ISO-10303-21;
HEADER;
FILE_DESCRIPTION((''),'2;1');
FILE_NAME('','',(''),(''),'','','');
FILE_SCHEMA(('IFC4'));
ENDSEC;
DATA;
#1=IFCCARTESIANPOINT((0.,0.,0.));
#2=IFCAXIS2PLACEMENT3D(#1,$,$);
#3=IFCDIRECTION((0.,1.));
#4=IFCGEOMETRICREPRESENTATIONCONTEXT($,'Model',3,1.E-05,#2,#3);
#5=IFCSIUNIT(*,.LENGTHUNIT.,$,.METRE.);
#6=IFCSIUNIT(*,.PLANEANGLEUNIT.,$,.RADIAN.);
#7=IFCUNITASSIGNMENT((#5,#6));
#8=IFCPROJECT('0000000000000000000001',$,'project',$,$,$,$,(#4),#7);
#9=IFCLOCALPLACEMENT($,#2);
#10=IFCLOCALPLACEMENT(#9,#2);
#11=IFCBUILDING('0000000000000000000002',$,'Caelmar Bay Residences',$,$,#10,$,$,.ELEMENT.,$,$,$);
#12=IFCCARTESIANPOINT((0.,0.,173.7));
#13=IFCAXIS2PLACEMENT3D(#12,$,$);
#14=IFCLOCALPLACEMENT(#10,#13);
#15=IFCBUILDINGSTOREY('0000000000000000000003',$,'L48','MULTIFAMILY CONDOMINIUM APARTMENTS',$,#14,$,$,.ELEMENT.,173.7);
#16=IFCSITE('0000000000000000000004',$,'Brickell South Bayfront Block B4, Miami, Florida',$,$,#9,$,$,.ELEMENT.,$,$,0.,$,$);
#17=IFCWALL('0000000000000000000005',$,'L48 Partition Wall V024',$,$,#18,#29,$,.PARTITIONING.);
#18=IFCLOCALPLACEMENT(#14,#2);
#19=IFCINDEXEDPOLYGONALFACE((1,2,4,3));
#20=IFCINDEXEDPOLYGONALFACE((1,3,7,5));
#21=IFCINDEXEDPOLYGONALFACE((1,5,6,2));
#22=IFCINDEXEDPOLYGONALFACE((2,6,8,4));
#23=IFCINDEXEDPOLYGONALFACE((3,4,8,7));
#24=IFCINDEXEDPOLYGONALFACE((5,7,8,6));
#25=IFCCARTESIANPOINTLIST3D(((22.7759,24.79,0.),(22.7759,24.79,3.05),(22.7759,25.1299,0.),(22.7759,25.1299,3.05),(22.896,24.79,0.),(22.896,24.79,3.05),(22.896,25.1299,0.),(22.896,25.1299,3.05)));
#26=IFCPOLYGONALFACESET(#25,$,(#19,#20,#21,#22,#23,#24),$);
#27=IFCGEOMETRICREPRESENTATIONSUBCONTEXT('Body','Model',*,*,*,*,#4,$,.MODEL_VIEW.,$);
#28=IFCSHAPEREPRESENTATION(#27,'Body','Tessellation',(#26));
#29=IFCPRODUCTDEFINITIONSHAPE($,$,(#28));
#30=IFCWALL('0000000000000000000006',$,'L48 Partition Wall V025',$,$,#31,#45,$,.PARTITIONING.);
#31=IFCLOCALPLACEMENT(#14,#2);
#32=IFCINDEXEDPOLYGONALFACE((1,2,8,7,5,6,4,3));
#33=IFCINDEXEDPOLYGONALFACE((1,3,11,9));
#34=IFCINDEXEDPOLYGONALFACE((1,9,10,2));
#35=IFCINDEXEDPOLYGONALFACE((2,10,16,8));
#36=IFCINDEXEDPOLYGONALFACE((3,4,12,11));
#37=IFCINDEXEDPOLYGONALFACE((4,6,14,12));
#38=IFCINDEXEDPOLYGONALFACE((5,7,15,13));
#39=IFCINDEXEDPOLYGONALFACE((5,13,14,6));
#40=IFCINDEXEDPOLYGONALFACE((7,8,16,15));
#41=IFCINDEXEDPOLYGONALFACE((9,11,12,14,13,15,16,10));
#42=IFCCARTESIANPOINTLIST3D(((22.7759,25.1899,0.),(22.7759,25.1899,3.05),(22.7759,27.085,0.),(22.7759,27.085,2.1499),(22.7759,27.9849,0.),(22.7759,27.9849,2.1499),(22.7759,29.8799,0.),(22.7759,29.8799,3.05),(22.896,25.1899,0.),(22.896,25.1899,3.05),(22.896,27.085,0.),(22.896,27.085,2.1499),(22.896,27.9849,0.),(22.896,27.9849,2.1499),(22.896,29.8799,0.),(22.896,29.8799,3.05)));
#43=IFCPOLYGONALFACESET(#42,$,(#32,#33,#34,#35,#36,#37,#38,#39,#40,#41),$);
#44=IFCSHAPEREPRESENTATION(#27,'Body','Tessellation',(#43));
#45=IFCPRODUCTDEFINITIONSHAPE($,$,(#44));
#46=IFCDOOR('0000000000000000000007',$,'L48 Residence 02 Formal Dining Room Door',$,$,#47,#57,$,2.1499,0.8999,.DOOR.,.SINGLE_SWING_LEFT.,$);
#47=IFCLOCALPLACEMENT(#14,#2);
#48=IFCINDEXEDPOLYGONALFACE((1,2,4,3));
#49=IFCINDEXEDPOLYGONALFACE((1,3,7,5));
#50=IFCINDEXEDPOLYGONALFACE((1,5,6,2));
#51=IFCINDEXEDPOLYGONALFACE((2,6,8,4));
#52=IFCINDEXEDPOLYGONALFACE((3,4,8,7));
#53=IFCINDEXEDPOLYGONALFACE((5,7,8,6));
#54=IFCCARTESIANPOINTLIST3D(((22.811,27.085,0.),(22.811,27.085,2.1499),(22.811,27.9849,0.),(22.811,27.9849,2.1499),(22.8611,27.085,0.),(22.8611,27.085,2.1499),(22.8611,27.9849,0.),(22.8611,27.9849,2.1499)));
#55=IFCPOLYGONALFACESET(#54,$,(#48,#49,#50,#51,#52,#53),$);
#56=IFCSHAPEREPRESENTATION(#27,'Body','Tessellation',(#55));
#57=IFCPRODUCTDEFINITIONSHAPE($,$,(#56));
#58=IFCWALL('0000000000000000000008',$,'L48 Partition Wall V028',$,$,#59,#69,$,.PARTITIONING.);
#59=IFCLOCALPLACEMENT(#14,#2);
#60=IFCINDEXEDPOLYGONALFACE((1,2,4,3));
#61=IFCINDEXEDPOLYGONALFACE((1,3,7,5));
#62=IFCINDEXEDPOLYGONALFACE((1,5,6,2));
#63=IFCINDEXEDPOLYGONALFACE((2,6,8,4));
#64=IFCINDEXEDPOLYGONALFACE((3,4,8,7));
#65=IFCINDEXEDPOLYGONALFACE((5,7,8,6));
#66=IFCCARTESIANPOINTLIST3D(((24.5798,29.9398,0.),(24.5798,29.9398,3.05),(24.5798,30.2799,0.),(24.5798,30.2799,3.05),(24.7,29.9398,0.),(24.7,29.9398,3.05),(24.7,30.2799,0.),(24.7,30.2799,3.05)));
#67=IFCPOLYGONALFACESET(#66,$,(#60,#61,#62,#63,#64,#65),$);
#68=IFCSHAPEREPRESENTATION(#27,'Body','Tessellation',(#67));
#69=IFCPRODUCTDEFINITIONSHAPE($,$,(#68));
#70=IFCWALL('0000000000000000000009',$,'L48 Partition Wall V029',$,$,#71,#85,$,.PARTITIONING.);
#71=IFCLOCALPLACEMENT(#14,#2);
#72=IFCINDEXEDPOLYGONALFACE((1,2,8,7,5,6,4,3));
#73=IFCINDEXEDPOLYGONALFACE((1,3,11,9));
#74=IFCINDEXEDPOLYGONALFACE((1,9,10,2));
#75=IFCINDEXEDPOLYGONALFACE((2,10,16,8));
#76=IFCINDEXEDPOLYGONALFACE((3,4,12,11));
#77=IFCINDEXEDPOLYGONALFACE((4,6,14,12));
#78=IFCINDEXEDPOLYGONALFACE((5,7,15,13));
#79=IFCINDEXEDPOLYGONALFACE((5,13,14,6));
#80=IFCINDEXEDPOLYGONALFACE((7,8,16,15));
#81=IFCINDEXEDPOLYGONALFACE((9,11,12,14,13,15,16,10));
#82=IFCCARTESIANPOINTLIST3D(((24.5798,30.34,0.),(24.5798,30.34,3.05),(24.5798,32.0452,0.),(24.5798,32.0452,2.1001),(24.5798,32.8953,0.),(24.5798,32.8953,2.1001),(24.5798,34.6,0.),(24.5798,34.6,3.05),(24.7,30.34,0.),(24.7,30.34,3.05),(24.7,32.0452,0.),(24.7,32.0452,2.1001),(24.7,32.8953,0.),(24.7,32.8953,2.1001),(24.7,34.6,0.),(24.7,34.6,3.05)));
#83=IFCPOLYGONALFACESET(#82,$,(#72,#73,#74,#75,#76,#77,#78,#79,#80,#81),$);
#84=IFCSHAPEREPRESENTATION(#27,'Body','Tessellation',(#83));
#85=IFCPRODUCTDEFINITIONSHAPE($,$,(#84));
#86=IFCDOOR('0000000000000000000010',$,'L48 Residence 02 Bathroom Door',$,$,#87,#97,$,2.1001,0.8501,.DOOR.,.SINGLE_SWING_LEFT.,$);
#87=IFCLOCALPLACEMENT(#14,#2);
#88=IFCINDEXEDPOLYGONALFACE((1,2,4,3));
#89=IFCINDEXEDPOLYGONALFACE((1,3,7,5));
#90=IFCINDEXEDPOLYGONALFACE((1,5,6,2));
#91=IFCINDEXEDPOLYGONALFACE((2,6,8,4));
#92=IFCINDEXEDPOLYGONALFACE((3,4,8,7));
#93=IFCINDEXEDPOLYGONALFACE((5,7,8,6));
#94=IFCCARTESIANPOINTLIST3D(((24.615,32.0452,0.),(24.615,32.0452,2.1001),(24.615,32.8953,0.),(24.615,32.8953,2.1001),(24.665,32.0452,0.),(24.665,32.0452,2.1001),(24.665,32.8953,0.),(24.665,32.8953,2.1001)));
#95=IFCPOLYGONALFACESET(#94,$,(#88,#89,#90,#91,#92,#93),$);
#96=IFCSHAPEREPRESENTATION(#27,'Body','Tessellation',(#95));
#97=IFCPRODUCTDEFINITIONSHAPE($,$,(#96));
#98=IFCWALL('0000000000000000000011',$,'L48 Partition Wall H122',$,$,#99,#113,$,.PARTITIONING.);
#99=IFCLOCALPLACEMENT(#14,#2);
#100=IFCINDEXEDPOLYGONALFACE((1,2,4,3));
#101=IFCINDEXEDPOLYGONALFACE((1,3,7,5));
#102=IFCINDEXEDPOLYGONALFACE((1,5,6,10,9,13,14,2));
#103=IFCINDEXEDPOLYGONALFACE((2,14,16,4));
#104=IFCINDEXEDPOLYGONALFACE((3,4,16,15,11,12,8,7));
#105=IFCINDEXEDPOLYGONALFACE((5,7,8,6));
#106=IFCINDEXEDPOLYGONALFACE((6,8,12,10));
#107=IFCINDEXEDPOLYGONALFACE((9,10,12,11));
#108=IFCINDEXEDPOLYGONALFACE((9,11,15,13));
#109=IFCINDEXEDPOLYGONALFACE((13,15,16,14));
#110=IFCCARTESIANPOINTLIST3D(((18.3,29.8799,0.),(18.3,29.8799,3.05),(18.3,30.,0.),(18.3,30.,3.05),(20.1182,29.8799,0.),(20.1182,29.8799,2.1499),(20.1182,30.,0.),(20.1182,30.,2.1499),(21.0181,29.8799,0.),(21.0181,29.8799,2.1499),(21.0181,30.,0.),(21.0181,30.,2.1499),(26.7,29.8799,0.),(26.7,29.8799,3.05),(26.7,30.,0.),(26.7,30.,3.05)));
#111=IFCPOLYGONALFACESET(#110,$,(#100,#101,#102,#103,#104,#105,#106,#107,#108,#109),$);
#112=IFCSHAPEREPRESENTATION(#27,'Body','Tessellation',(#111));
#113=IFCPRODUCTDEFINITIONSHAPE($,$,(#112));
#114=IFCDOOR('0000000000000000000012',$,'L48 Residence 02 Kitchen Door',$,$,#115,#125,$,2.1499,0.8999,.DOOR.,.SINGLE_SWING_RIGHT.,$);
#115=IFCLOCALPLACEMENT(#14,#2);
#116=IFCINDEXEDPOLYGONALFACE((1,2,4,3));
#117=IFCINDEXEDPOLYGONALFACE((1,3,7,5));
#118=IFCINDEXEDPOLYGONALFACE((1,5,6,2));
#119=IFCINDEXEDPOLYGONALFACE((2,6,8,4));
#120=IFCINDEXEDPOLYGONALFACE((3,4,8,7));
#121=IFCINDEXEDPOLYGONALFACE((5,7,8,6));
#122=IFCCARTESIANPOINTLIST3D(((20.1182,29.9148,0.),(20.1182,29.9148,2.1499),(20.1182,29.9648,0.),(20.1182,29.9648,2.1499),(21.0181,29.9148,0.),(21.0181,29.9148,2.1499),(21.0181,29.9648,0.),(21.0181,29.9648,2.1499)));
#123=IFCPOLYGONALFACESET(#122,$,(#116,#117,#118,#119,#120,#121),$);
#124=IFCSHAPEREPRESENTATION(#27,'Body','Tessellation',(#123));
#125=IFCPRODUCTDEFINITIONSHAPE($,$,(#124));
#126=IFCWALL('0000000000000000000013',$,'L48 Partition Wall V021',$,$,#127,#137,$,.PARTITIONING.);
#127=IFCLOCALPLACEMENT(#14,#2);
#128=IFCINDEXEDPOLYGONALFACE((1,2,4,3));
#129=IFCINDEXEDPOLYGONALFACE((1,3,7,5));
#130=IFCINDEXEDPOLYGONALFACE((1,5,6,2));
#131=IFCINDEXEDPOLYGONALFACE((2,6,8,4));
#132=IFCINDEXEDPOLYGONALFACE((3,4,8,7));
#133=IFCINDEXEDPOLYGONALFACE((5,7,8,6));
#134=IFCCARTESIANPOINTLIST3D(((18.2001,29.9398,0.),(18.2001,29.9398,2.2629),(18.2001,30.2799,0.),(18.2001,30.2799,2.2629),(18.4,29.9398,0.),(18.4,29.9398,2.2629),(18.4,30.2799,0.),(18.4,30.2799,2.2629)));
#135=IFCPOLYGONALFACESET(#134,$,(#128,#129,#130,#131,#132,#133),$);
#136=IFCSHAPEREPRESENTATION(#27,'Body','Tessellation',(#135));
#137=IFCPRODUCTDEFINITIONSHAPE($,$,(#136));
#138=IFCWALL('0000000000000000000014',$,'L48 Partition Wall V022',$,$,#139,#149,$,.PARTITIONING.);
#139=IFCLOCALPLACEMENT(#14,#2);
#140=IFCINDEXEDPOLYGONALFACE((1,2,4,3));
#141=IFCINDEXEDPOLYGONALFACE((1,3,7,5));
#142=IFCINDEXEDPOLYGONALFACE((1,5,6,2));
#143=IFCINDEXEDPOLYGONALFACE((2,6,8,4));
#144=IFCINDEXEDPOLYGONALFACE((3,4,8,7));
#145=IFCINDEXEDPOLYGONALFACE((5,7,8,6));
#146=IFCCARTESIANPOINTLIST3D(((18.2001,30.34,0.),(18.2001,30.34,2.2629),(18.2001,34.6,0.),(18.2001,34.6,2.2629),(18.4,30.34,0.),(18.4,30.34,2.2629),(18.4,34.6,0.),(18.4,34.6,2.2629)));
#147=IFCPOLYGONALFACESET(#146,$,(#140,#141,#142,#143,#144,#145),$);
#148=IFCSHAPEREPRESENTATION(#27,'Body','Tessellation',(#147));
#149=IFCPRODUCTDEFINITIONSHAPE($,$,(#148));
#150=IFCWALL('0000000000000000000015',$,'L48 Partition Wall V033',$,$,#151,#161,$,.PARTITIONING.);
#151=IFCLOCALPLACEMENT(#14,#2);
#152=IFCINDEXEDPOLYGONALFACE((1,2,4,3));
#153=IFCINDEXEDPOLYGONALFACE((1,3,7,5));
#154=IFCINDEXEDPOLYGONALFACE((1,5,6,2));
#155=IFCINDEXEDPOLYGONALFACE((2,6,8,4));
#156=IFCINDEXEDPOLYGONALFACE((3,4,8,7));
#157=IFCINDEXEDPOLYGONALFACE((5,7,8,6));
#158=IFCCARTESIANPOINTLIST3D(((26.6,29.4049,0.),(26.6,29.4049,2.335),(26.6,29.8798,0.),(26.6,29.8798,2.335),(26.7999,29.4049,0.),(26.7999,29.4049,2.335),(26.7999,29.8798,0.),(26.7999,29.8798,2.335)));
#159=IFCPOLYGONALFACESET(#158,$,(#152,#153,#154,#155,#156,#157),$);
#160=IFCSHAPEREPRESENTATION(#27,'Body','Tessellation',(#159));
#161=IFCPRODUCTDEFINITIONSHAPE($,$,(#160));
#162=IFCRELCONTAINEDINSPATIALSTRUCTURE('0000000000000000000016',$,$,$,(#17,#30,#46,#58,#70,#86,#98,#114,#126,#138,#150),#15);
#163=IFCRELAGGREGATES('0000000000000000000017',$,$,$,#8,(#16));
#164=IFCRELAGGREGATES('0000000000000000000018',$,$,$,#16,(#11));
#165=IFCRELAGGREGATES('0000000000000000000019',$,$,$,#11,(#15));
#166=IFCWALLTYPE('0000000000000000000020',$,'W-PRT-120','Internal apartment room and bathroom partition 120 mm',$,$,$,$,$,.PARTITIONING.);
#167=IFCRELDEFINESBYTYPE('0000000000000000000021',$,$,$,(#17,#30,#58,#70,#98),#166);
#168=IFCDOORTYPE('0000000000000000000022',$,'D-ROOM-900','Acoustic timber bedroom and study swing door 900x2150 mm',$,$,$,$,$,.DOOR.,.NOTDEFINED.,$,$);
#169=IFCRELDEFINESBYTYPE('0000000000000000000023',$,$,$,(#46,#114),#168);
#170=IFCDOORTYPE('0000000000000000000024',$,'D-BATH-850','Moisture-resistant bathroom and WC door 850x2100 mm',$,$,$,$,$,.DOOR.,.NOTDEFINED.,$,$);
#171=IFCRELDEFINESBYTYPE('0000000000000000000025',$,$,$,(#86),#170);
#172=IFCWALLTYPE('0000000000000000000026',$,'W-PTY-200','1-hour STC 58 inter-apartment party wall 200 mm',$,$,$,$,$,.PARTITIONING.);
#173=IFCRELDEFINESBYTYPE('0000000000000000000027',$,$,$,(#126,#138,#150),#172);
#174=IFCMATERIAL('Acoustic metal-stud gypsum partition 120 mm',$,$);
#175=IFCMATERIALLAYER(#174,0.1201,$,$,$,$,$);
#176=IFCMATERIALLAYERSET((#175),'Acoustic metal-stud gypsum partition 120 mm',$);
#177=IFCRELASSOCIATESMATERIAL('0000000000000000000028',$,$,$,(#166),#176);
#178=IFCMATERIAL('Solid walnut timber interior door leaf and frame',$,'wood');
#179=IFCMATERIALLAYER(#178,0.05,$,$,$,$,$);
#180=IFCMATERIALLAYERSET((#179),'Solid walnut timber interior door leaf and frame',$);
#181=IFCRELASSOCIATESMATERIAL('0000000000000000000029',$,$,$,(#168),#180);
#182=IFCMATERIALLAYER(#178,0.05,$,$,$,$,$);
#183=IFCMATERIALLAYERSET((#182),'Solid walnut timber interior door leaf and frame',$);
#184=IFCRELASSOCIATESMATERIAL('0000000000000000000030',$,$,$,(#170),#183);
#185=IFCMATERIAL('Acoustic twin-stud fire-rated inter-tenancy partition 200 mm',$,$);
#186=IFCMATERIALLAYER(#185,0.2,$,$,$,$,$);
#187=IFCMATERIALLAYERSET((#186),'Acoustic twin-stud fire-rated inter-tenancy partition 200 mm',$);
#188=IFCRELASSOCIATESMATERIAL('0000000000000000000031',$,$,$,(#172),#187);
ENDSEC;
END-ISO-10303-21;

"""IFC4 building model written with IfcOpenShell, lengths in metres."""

from ifc_helpers import new_model, si_unit, direction, frame, frame_2d, origin, place, context, subcontext, project, spatial, rectangle, extrude, material, layer, layer_set, type_object, element, fill, save


model = new_model("IFC4")

# Units and contexts
model_context = context("Model", 3, precision=1e-05, world=origin(), true_north=direction((0.0, 1.0)))
body_context = subcontext(model_context, "Body", "Model", "MODEL_VIEW")
ifc_project = project(units=[si_unit("LENGTHUNIT", "METRE"), si_unit("PLANEANGLEUNIT", "RADIAN")], contexts=[model_context])

# Site, building, storey
site_placement = place(None, origin())
site = spatial("IfcSite", under=ifc_project, at=site_placement, Name="Brickell South Bayfront Block B4, Miami, Florida", CompositionType="ELEMENT", RefElevation=0.0)
building_placement = place(site_placement, origin())
building = spatial("IfcBuilding", under=site, at=building_placement, Name="Caelmar Bay Residences", CompositionType="ELEMENT")
storey_placement = place(building_placement, frame((0.0, 0.0, 173.7)))
storey = spatial("IfcBuildingStorey", under=building, at=storey_placement, Name="L48", Description="MULTIFAMILY CONDOMINIUM APARTMENTS", CompositionType="ELEMENT", Elevation=173.7)

# Wall
ifc_material_1 = material(Name="Acoustic metal-stud gypsum partition 120 mm")
ifc_layer_1 = layer(ifc_material_1, 0.1201)
ifc_layer_set_1 = layer_set([ifc_layer_1], Name="Acoustic metal-stud gypsum partition 120 mm")
wall_type_1 = type_object("IfcWallType", Name="W-PRT-120", Description="Internal apartment room and bathroom partition 120 mm", PredefinedType="PARTITIONING", material=ifc_layer_set_1)
wall_1_placement = place(storey_placement, frame((22.8359, 24.79, 0.0), z_axis=(0.0, 0.0, 1.0), x_axis=(0.0, 1.0, 0.0)))
element("IfcWall", 1, at=wall_1_placement, inside=storey, type_object=wall_type_1, Name="L48 Partition Wall V024", PredefinedType="PARTITIONING", context=body_context, shape_type="SweptSolid", body=[
    extrude(rectangle(XDim=0.3398, YDim=0.1201, at=frame_2d((0.1699, 0.0))), origin(), (0.0, 0.0, 1.0), 3.05),
])

# Wall, opening, door
wall_2_placement = place(storey_placement, frame((22.8359, 25.1899, 0.0), z_axis=(0.0, 0.0, 1.0), x_axis=(0.0, 1.0, 0.0)))
wall_2 = element("IfcWall", 2, at=wall_2_placement, inside=storey, type_object=wall_type_1, Name="L48 Partition Wall V025", PredefinedType="PARTITIONING", context=body_context, shape_type="SweptSolid", body=[
    extrude(rectangle(XDim=4.6899, YDim=0.1201, at=frame_2d((2.345, 0.0))), origin(), (0.0, 0.0, 1.0), 3.05),
])
opening_1_placement = place(wall_2_placement, frame((1.895, 0.0, 0.0)))
opening_1 = element("IfcOpeningElement", 3, at=opening_1_placement, cuts=wall_2, PredefinedType="OPENING", context=body_context, shape_type="SweptSolid", body=[
    extrude(rectangle(XDim=0.8999, YDim=2.1499, at=frame_2d((0.45, 1.075))), frame((0.0, 0.0701, 0.0), z_axis=(0.0, -1.0, 0.0), x_axis=(1.0, 0.0, 0.0)), (0.0, 0.0, 1.0), 0.1401),
])
ifc_material_2 = material(Name="Solid walnut timber interior door leaf and frame", Category="wood")
ifc_layer_2 = layer(ifc_material_2, 0.05)
ifc_layer_set_2 = layer_set([ifc_layer_2], Name="Solid walnut timber interior door leaf and frame")
door_type_1 = type_object("IfcDoorType", Name="D-ROOM-900", Description="Acoustic timber bedroom and study swing door 900x2150 mm", OperationType="NOTDEFINED", PredefinedType="DOOR", material=ifc_layer_set_2)
door_1_placement = place(opening_1_placement, origin())
door_1 = element("IfcDoor", 4, at=door_1_placement, inside=storey, type_object=door_type_1, Name="L48 Residence 02 Formal Dining Room Door", OperationType="SINGLE_SWING_LEFT", OverallHeight=2.1499, OverallWidth=0.8999, PredefinedType="DOOR", context=body_context, shape_type="SweptSolid", body=[
    extrude(rectangle(XDim=0.8999, YDim=2.1499, at=frame_2d((0.45, 1.075))), frame((0.0, 0.0249, 0.0), z_axis=(0.0, -1.0, 0.0), x_axis=(1.0, 0.0, 0.0)), (0.0, 0.0, 1.0), 0.05),
])
fill(opening_1, door_1)

# Wall
wall_3_placement = place(storey_placement, frame((24.6399, 29.9399, 0.0), z_axis=(0.0, 0.0, 1.0), x_axis=(0.0, 1.0, 0.0)))
element("IfcWall", 5, at=wall_3_placement, inside=storey, type_object=wall_type_1, Name="L48 Partition Wall V028", PredefinedType="PARTITIONING", context=body_context, shape_type="SweptSolid", body=[
    extrude(rectangle(XDim=0.3401, YDim=0.1201, at=frame_2d((0.1699, 0.0))), origin(), (0.0, 0.0, 1.0), 3.05),
])

# Walls, openings, doors
wall_4_placement = place(storey_placement, frame((24.6399, 30.3401, 0.0), z_axis=(0.0, 0.0, 1.0), x_axis=(0.0, 1.0, 0.0)))
wall_4 = element("IfcWall", 6, at=wall_4_placement, inside=storey, type_object=wall_type_1, Name="L48 Partition Wall V029", PredefinedType="PARTITIONING", context=body_context, shape_type="SweptSolid", body=[
    extrude(rectangle(XDim=4.26, YDim=0.1201, at=frame_2d((2.1299, 0.0))), origin(), (0.0, 0.0, 1.0), 3.05),
])
opening_2_placement = place(wall_4_placement, frame((1.7051, 0.0, 0.0)))
opening_2 = element("IfcOpeningElement", 7, at=opening_2_placement, cuts=wall_4, PredefinedType="OPENING", context=body_context, shape_type="SweptSolid", body=[
    extrude(rectangle(XDim=0.8501, YDim=2.1001, at=frame_2d((0.425, 1.05))), frame((0.0, 0.0701, 0.0), z_axis=(0.0, -1.0, 0.0), x_axis=(1.0, 0.0, 0.0)), (0.0, 0.0, 1.0), 0.1401),
])
ifc_layer_3 = layer(ifc_material_2, 0.05)
ifc_layer_set_3 = layer_set([ifc_layer_3], Name="Solid walnut timber interior door leaf and frame")
door_type_2 = type_object("IfcDoorType", Name="D-BATH-850", Description="Moisture-resistant bathroom and WC door 850x2100 mm", OperationType="NOTDEFINED", PredefinedType="DOOR", material=ifc_layer_set_3)
door_2_placement = place(opening_2_placement, origin())
door_2 = element("IfcDoor", 8, at=door_2_placement, inside=storey, type_object=door_type_2, Name="L48 Residence 02 Bathroom Door", OperationType="SINGLE_SWING_LEFT", OverallHeight=2.1001, OverallWidth=0.8501, PredefinedType="DOOR", context=body_context, shape_type="SweptSolid", body=[
    extrude(rectangle(XDim=0.8501, YDim=2.1001, at=frame_2d((0.425, 1.05))), frame((0.0, 0.0249, 0.0), z_axis=(0.0, -1.0, 0.0), x_axis=(1.0, 0.0, 0.0)), (0.0, 0.0, 1.0), 0.05),
])
fill(opening_2, door_2)
wall_5_placement = place(storey_placement, frame((18.3, 29.9399, 0.0), z_axis=(0.0, 0.0, 1.0), x_axis=(1.0, 0.0, 0.0)))
wall_5 = element("IfcWall", 9, at=wall_5_placement, inside=storey, type_object=wall_type_1, Name="L48 Partition Wall H122", PredefinedType="PARTITIONING", context=body_context, shape_type="SweptSolid", body=[
    extrude(rectangle(XDim=8.3999, YDim=0.1201, at=frame_2d((4.2, 0.0))), origin(), (0.0, 0.0, 1.0), 3.05),
])
opening_3_placement = place(wall_5_placement, frame((1.8181, 0.0, 0.0)))
opening_3 = element("IfcOpeningElement", 10, at=opening_3_placement, cuts=wall_5, PredefinedType="OPENING", context=body_context, shape_type="SweptSolid", body=[
    extrude(rectangle(XDim=0.8999, YDim=2.1499, at=frame_2d((0.45, 1.075))), frame((0.0, 0.0701, 0.0), z_axis=(0.0, -1.0, 0.0), x_axis=(1.0, 0.0, 0.0)), (0.0, 0.0, 1.0), 0.1401),
])
door_3_placement = place(opening_3_placement, origin())
door_3 = element("IfcDoor", 11, at=door_3_placement, inside=storey, type_object=door_type_1, Name="L48 Residence 02 Kitchen Door", OperationType="SINGLE_SWING_RIGHT", OverallHeight=2.1499, OverallWidth=0.8999, PredefinedType="DOOR", context=body_context, shape_type="SweptSolid", body=[
    extrude(rectangle(XDim=0.8999, YDim=2.1499, at=frame_2d((0.45, 1.075))), frame((0.0, 0.0249, 0.0), z_axis=(0.0, -1.0, 0.0), x_axis=(1.0, 0.0, 0.0)), (0.0, 0.0, 1.0), 0.05),
])
fill(opening_3, door_3)

# Walls
ifc_material_3 = material(Name="Acoustic twin-stud fire-rated inter-tenancy partition 200 mm")
ifc_layer_4 = layer(ifc_material_3, 0.2)
ifc_layer_set_4 = layer_set([ifc_layer_4], Name="Acoustic twin-stud fire-rated inter-tenancy partition 200 mm")
wall_type_2 = type_object("IfcWallType", Name="W-PTY-200", Description="1-hour STC 58 inter-apartment party wall 200 mm", PredefinedType="PARTITIONING", material=ifc_layer_set_4)
wall_6_placement = place(storey_placement, frame((18.3, 29.9399, 0.0), z_axis=(0.0, 0.0, 1.0), x_axis=(0.0, 1.0, 0.0)))
element("IfcWall", 12, at=wall_6_placement, inside=storey, type_object=wall_type_2, Name="L48 Partition Wall V021", PredefinedType="PARTITIONING", context=body_context, shape_type="SweptSolid", body=[
    extrude(rectangle(XDim=0.3401, YDim=0.2, at=frame_2d((0.1699, 0.0))), origin(), (0.0, 0.0, 1.0), 2.2629),
])
wall_7_placement = place(storey_placement, frame((18.3, 30.3401, 0.0), z_axis=(0.0, 0.0, 1.0), x_axis=(0.0, 1.0, 0.0)))
element("IfcWall", 13, at=wall_7_placement, inside=storey, type_object=wall_type_2, Name="L48 Partition Wall V022", PredefinedType="PARTITIONING", context=body_context, shape_type="SweptSolid", body=[
    extrude(rectangle(XDim=4.26, YDim=0.2, at=frame_2d((2.1299, 0.0))), origin(), (0.0, 0.0, 1.0), 2.2629),
])
wall_8_placement = place(storey_placement, frame((26.7, 29.405, 0.0), z_axis=(0.0, 0.0, 1.0), x_axis=(0.0, 1.0, 0.0)))
element("IfcWall", 14, at=wall_8_placement, inside=storey, type_object=wall_type_2, Name="L48 Partition Wall V033", PredefinedType="PARTITIONING", context=body_context, shape_type="SweptSolid", body=[
    extrude(rectangle(XDim=0.4749, YDim=0.2, at=frame_2d((0.2373, 0.0))), origin(), (0.0, 0.0, 1.0), 2.335),
])

save(model, "model.ifc")
